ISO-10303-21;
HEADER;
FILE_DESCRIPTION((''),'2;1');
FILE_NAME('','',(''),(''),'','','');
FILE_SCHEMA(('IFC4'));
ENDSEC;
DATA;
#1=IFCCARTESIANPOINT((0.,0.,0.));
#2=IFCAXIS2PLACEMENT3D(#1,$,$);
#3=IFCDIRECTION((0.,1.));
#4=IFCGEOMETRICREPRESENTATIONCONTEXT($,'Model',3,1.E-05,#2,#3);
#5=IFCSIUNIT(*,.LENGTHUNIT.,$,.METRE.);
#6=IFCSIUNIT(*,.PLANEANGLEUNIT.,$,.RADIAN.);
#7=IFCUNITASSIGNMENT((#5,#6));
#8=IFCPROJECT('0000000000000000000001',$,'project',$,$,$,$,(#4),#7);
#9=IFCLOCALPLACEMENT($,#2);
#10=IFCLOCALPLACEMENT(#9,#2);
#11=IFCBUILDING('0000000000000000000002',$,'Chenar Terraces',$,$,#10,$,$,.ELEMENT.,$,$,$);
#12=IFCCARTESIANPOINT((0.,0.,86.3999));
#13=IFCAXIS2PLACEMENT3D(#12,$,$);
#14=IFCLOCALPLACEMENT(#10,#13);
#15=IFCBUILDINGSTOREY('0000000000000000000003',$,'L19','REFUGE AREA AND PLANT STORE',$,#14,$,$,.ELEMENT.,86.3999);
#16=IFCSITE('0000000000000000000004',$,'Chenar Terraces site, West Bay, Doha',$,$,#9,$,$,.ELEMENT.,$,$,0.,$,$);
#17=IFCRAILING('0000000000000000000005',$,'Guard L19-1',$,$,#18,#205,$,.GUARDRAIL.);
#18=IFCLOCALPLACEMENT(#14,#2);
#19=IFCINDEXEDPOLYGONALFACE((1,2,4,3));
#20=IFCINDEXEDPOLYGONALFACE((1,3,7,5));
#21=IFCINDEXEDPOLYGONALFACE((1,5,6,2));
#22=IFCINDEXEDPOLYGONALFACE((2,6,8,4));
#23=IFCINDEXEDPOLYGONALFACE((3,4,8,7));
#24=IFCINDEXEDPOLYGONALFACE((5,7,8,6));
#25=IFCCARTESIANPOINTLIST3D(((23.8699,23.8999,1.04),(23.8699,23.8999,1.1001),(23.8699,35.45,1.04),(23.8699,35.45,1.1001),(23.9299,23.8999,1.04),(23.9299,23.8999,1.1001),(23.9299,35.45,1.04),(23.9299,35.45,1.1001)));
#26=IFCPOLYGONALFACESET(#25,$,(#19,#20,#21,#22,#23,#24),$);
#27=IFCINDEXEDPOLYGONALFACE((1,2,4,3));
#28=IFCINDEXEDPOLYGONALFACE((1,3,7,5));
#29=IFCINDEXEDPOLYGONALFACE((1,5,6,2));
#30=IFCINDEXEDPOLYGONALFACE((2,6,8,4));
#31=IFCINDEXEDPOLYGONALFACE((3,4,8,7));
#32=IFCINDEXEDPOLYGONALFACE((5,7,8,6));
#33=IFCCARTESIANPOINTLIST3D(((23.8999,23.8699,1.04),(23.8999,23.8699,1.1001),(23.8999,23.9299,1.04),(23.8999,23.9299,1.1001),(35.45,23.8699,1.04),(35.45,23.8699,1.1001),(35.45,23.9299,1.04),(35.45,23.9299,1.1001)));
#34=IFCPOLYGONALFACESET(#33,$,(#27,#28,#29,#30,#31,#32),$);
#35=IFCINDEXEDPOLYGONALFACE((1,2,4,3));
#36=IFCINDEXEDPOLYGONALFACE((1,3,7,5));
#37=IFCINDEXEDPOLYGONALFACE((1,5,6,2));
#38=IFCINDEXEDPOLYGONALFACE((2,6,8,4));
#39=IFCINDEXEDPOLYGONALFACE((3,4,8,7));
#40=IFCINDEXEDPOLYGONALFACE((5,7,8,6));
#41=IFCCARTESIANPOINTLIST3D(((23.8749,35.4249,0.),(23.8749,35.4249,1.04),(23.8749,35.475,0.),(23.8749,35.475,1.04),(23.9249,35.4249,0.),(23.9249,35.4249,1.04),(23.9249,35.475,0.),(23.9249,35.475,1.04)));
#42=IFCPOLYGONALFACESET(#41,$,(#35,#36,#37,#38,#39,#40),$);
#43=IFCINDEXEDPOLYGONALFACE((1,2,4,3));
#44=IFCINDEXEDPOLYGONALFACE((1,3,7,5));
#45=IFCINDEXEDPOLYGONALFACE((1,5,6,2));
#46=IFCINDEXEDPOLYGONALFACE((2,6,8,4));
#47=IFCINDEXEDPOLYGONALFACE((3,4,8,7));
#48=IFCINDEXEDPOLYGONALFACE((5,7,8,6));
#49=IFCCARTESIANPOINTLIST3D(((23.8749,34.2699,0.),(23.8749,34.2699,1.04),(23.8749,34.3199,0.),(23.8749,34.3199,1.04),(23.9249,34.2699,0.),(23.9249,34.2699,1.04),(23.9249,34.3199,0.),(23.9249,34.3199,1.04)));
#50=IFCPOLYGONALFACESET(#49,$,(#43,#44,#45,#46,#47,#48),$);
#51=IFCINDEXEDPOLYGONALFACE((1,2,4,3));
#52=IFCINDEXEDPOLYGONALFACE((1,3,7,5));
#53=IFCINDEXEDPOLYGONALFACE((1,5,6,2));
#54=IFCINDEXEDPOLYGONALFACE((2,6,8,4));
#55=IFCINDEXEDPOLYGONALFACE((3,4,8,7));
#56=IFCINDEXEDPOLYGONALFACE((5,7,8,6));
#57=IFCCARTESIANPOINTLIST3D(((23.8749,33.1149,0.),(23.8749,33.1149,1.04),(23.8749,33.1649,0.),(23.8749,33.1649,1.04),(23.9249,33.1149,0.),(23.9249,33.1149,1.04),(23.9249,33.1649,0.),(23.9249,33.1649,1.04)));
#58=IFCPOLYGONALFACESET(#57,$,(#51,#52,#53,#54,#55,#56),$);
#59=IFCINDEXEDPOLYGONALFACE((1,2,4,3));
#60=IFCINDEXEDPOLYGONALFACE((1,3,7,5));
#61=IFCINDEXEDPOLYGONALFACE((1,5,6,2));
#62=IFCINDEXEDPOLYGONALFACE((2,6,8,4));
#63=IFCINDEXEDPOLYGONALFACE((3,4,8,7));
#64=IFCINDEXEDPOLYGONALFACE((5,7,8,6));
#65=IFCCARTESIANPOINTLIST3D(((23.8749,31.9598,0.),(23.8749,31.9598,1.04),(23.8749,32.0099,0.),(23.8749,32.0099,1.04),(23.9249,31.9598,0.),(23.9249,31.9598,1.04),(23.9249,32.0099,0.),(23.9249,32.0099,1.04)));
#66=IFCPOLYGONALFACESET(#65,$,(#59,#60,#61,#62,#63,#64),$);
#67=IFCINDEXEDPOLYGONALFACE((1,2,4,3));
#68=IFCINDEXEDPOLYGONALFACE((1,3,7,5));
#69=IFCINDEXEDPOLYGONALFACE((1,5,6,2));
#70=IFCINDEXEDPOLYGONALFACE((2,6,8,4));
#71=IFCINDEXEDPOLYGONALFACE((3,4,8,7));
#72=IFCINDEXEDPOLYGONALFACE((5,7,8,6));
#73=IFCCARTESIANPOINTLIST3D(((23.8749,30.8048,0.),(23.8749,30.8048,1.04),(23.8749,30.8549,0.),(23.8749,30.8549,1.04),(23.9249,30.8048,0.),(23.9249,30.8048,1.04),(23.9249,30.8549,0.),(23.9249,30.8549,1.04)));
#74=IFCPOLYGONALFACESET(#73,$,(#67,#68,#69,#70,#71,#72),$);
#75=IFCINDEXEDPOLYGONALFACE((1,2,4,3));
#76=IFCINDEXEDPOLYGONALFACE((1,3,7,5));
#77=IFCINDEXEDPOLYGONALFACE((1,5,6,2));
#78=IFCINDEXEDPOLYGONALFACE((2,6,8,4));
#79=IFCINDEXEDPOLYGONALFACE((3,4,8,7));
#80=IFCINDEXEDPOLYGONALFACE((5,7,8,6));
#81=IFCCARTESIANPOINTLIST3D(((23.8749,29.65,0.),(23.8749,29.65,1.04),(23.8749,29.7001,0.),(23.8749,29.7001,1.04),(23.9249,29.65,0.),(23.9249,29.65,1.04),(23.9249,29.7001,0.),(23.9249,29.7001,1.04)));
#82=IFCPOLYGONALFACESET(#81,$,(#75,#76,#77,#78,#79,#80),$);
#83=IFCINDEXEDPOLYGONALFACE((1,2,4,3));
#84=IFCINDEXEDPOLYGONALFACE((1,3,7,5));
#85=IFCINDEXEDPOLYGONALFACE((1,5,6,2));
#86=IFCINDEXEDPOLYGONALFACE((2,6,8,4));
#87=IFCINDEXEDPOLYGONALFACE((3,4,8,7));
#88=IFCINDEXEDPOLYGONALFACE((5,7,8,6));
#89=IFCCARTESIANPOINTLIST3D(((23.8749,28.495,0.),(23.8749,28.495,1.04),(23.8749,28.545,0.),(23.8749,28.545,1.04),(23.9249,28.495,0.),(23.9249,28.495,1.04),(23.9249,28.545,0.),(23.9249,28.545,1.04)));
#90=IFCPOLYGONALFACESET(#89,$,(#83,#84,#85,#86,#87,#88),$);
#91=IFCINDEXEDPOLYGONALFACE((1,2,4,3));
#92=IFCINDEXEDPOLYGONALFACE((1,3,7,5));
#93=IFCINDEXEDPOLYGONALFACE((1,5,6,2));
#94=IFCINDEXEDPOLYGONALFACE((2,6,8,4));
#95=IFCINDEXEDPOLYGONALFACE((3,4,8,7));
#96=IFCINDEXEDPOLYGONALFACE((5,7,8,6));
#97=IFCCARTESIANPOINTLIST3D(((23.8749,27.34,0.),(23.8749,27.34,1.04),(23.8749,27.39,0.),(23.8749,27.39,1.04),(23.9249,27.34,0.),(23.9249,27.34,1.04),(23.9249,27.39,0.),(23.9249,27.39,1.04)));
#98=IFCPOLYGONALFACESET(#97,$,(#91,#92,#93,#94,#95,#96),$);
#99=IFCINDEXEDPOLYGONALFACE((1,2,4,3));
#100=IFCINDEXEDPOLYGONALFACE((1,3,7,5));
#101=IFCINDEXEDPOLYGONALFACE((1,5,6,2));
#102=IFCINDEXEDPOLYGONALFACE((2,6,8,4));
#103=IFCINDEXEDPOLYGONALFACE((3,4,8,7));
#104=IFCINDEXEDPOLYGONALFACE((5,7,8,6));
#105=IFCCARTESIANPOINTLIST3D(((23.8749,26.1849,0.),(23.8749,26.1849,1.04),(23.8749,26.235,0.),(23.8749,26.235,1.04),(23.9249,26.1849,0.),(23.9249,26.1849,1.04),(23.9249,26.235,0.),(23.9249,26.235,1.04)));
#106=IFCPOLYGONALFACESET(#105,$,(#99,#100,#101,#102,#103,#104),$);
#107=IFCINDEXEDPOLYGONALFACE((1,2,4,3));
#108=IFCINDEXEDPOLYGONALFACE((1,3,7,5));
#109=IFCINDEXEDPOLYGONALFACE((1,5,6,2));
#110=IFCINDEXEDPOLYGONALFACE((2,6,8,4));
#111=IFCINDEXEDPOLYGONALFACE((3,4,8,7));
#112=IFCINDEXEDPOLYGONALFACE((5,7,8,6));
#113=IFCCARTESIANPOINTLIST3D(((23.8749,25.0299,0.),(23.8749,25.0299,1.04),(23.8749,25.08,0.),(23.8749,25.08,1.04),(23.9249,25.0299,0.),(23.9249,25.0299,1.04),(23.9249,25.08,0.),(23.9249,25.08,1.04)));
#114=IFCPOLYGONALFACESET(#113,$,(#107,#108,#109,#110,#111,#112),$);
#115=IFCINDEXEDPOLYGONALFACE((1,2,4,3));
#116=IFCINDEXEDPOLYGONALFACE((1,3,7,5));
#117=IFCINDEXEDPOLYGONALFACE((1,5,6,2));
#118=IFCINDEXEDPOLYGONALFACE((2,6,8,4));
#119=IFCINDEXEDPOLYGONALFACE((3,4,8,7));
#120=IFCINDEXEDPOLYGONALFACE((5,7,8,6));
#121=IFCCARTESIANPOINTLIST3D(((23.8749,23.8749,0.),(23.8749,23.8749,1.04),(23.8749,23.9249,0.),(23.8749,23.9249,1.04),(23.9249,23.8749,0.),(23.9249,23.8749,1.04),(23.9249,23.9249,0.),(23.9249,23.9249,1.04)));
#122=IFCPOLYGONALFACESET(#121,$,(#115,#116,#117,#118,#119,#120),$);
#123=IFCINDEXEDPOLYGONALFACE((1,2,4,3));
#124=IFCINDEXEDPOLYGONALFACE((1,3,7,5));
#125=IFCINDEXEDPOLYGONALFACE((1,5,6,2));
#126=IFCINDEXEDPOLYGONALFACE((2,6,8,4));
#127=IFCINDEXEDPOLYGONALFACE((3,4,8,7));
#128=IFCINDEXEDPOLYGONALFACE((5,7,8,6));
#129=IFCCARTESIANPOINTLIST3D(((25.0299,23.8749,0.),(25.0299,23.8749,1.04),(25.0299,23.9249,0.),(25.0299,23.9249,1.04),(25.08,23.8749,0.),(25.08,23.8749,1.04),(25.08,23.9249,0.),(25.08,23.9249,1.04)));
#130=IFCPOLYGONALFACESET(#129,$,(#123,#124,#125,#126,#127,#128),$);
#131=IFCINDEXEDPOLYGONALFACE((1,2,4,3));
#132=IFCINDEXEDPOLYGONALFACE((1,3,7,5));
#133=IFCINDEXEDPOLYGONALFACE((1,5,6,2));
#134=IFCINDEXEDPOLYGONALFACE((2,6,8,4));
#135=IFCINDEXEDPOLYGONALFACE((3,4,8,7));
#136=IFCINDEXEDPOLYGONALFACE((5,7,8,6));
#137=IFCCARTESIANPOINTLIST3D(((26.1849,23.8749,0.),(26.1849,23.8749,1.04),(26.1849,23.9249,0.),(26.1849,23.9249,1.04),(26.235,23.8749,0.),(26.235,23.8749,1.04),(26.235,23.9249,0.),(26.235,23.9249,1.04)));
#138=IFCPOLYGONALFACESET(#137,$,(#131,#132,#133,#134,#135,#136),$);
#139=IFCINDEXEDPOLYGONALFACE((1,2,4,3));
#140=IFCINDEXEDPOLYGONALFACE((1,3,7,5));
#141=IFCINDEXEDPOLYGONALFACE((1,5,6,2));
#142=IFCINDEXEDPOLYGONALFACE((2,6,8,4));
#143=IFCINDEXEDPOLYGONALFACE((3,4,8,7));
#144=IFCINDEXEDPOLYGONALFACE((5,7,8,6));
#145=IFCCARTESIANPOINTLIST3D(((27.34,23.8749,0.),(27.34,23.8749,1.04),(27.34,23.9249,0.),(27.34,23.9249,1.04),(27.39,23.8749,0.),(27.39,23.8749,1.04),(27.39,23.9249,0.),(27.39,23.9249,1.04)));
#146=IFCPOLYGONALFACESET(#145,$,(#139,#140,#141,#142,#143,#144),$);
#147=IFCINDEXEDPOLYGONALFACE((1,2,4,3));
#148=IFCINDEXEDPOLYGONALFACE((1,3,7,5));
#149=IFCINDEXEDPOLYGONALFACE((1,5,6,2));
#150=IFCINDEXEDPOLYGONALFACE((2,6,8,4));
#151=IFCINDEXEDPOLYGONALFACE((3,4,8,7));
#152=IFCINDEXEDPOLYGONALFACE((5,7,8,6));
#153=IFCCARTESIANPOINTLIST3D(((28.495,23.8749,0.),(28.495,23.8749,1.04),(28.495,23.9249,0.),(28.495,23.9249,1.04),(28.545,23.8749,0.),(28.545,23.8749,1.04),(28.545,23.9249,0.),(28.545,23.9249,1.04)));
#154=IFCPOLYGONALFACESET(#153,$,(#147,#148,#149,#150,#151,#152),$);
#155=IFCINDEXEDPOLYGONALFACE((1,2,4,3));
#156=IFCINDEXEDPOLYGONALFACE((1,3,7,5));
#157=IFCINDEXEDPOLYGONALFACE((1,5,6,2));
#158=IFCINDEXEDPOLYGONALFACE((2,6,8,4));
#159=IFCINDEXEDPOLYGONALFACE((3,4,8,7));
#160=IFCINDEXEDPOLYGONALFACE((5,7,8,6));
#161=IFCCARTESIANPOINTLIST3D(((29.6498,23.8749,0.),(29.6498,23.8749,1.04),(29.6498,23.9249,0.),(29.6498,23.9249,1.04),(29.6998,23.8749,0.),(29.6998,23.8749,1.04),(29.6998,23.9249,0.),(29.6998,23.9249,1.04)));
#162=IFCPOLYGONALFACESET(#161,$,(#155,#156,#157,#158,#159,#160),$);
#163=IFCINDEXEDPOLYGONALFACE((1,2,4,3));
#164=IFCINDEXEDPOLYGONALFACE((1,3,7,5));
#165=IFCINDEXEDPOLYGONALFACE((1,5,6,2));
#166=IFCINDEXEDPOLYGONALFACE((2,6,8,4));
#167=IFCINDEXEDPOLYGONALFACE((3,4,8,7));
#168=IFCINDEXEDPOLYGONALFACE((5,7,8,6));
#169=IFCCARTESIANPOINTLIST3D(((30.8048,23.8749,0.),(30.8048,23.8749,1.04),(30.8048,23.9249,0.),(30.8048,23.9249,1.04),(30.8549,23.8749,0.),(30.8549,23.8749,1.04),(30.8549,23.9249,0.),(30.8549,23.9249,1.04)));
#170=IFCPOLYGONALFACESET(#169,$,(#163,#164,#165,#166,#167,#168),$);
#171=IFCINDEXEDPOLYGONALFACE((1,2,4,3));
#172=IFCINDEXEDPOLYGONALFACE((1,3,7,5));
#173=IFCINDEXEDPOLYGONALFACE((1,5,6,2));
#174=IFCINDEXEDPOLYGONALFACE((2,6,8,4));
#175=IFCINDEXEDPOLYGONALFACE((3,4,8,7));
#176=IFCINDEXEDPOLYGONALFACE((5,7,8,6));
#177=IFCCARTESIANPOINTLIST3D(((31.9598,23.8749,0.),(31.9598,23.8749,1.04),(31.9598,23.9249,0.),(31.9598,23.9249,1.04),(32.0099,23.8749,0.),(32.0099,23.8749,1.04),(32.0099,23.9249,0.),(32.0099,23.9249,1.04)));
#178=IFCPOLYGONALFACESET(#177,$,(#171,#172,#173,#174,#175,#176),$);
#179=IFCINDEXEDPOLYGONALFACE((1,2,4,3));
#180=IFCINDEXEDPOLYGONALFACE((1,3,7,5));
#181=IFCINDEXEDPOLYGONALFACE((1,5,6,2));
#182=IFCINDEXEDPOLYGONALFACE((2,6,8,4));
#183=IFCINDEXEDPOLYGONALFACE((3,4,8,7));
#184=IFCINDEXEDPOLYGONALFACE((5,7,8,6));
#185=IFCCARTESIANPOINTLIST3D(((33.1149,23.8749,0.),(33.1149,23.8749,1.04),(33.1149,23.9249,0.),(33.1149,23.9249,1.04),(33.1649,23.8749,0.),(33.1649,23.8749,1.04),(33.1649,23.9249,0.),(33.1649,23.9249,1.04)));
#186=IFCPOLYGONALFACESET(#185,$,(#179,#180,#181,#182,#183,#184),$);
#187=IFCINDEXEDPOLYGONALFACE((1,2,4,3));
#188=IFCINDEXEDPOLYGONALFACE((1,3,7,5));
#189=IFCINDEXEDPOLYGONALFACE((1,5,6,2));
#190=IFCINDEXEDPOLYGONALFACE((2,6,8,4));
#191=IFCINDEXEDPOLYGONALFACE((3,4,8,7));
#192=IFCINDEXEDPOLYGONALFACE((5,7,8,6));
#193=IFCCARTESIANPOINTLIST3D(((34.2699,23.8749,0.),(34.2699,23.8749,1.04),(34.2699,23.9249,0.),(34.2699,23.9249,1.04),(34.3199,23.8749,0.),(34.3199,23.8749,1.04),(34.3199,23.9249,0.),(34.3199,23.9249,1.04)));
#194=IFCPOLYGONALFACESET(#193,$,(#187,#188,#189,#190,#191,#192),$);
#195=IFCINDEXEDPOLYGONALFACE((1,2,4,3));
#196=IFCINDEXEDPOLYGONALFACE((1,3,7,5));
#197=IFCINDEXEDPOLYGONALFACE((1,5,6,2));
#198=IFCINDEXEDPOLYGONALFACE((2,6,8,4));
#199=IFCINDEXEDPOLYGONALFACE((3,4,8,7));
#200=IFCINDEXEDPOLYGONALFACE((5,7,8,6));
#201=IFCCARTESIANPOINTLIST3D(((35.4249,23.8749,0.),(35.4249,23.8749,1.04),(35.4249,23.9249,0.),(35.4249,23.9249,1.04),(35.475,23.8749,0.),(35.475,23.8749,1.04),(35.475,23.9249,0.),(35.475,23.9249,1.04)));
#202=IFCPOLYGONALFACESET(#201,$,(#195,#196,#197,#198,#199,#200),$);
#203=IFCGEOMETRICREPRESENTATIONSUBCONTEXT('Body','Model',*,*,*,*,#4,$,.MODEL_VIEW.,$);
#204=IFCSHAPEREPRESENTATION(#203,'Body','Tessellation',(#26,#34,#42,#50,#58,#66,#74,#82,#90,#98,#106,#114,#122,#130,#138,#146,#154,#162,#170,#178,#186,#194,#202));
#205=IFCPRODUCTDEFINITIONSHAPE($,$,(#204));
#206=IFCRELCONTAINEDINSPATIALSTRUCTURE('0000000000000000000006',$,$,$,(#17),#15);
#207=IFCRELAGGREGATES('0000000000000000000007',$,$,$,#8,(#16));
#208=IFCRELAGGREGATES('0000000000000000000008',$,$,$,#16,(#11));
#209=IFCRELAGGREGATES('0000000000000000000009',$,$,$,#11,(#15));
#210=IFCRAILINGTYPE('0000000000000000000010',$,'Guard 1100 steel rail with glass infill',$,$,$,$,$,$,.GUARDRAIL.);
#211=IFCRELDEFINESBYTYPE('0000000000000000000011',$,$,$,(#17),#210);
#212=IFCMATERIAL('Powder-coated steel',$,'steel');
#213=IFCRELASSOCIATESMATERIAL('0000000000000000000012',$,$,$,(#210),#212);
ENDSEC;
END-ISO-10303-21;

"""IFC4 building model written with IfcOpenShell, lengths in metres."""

from ifc_helpers import new_model, si_unit, direction, frame, origin, origin_2d, place, context, subcontext, project, spatial, rectangle, extrude, material, type_object, element, save


model = new_model("IFC4")

# Units and contexts
model_context = context("Model", 3, precision=1e-05, world=origin(), true_north=direction((0.0, 1.0)))
body_context = subcontext(model_context, "Body", "Model", "MODEL_VIEW")
ifc_project = project(units=[si_unit("LENGTHUNIT", "METRE"), si_unit("PLANEANGLEUNIT", "RADIAN")], contexts=[model_context])

# Site, building, storey
site_placement = place(None, origin())
site = spatial("IfcSite", under=ifc_project, at=site_placement, Name="Chenar Terraces site, West Bay, Doha", CompositionType="ELEMENT", RefElevation=0.0)
building_placement = place(site_placement, origin())
building = spatial("IfcBuilding", under=site, at=building_placement, Name="Chenar Terraces", CompositionType="ELEMENT")
storey_placement = place(building_placement, frame((0.0, 0.0, 86.3999)))
storey = spatial("IfcBuildingStorey", under=building, at=storey_placement, Name="L19", Description="REFUGE AREA AND PLANT STORE", CompositionType="ELEMENT", Elevation=86.3999)

# Railing
ifc_material_1 = material(Name="Powder-coated steel", Category="steel")
railing_type_1 = type_object("IfcRailingType", Name="Guard 1100 steel rail with glass infill", PredefinedType="GUARDRAIL", material=ifc_material_1)
railing_1_placement = place(storey_placement, frame((23.8999, 35.45, 0.0)))
element("IfcRailing", 1, at=railing_1_placement, inside=storey, type_object=railing_type_1, Name="Guard L19-1", PredefinedType="GUARDRAIL", context=body_context, shape_type="SweptSolid", body=[
    extrude(rectangle(XDim=0.0601, YDim=0.0601, at=origin_2d()), frame((0.0, 0.0, 1.0701), z_axis=(0.0, -1.0, 0.0), x_axis=(1.0, 0.0, 0.0)), (0.0, 0.0, 1.0), 11.55),
    extrude(rectangle(XDim=0.0601, YDim=0.0601, at=origin_2d()), frame((0.0, -11.55, 1.0701), z_axis=(1.0, 0.0, 0.0), x_axis=(0.0, 1.0, 0.0)), (0.0, 0.0, 1.0), 11.55),
    extrude(rectangle(XDim=0.05, YDim=0.05, at=origin_2d()), origin(), (0.0, 0.0, 1.0), 1.04),
    extrude(rectangle(XDim=0.05, YDim=0.05, at=origin_2d()), frame((0.0, -1.155, 0.0)), (0.0, 0.0, 1.0), 1.04),
    extrude(rectangle(XDim=0.05, YDim=0.05, at=origin_2d()), frame((0.0, -2.3101, 0.0)), (0.0, 0.0, 1.0), 1.04),
    extrude(rectangle(XDim=0.05, YDim=0.05, at=origin_2d()), frame((0.0, -3.4651, 0.0)), (0.0, 0.0, 1.0), 1.04),
    extrude(rectangle(XDim=0.05, YDim=0.05, at=origin_2d()), frame((0.0, -4.6201, 0.0)), (0.0, 0.0, 1.0), 1.04),
    extrude(rectangle(XDim=0.05, YDim=0.05, at=origin_2d()), frame((0.0, -5.7749, 0.0)), (0.0, 0.0, 1.0), 1.04),
    extrude(rectangle(XDim=0.05, YDim=0.05, at=origin_2d()), frame((0.0, -6.9299, 0.0)), (0.0, 0.0, 1.0), 1.04),
    extrude(rectangle(XDim=0.05, YDim=0.05, at=origin_2d()), frame((0.0, -8.085, 0.0)), (0.0, 0.0, 1.0), 1.04),
    extrude(rectangle(XDim=0.05, YDim=0.05, at=origin_2d()), frame((0.0, -9.24, 0.0)), (0.0, 0.0, 1.0), 1.04),
    extrude(rectangle(XDim=0.05, YDim=0.05, at=origin_2d()), frame((0.0, -10.395, 0.0)), (0.0, 0.0, 1.0), 1.04),
    extrude(rectangle(XDim=0.05, YDim=0.05, at=origin_2d()), frame((0.0, -11.55, 0.0)), (0.0, 0.0, 1.0), 1.04),
    extrude(rectangle(XDim=0.05, YDim=0.05, at=origin_2d()), frame((1.155, -11.55, 0.0)), (0.0, 0.0, 1.0), 1.04),
    extrude(rectangle(XDim=0.05, YDim=0.05, at=origin_2d()), frame((2.3101, -11.55, 0.0)), (0.0, 0.0, 1.0), 1.04),
    extrude(rectangle(XDim=0.05, YDim=0.05, at=origin_2d()), frame((3.4651, -11.55, 0.0)), (0.0, 0.0, 1.0), 1.04),
    extrude(rectangle(XDim=0.05, YDim=0.05, at=origin_2d()), frame((4.6201, -11.55, 0.0)), (0.0, 0.0, 1.0), 1.04),
    extrude(rectangle(XDim=0.05, YDim=0.05, at=origin_2d()), frame((5.7749, -11.55, 0.0)), (0.0, 0.0, 1.0), 1.04),
    extrude(rectangle(XDim=0.05, YDim=0.05, at=origin_2d()), frame((6.9299, -11.55, 0.0)), (0.0, 0.0, 1.0), 1.04),
    extrude(rectangle(XDim=0.05, YDim=0.05, at=origin_2d()), frame((8.085, -11.55, 0.0)), (0.0, 0.0, 1.0), 1.04),
    extrude(rectangle(XDim=0.05, YDim=0.05, at=origin_2d()), frame((9.24, -11.55, 0.0)), (0.0, 0.0, 1.0), 1.04),
    extrude(rectangle(XDim=0.05, YDim=0.05, at=origin_2d()), frame((10.395, -11.55, 0.0)), (0.0, 0.0, 1.0), 1.04),
    extrude(rectangle(XDim=0.05, YDim=0.05, at=origin_2d()), frame((11.55, -11.55, 0.0)), (0.0, 0.0, 1.0), 1.04),
])

save(model, "model.ifc")
